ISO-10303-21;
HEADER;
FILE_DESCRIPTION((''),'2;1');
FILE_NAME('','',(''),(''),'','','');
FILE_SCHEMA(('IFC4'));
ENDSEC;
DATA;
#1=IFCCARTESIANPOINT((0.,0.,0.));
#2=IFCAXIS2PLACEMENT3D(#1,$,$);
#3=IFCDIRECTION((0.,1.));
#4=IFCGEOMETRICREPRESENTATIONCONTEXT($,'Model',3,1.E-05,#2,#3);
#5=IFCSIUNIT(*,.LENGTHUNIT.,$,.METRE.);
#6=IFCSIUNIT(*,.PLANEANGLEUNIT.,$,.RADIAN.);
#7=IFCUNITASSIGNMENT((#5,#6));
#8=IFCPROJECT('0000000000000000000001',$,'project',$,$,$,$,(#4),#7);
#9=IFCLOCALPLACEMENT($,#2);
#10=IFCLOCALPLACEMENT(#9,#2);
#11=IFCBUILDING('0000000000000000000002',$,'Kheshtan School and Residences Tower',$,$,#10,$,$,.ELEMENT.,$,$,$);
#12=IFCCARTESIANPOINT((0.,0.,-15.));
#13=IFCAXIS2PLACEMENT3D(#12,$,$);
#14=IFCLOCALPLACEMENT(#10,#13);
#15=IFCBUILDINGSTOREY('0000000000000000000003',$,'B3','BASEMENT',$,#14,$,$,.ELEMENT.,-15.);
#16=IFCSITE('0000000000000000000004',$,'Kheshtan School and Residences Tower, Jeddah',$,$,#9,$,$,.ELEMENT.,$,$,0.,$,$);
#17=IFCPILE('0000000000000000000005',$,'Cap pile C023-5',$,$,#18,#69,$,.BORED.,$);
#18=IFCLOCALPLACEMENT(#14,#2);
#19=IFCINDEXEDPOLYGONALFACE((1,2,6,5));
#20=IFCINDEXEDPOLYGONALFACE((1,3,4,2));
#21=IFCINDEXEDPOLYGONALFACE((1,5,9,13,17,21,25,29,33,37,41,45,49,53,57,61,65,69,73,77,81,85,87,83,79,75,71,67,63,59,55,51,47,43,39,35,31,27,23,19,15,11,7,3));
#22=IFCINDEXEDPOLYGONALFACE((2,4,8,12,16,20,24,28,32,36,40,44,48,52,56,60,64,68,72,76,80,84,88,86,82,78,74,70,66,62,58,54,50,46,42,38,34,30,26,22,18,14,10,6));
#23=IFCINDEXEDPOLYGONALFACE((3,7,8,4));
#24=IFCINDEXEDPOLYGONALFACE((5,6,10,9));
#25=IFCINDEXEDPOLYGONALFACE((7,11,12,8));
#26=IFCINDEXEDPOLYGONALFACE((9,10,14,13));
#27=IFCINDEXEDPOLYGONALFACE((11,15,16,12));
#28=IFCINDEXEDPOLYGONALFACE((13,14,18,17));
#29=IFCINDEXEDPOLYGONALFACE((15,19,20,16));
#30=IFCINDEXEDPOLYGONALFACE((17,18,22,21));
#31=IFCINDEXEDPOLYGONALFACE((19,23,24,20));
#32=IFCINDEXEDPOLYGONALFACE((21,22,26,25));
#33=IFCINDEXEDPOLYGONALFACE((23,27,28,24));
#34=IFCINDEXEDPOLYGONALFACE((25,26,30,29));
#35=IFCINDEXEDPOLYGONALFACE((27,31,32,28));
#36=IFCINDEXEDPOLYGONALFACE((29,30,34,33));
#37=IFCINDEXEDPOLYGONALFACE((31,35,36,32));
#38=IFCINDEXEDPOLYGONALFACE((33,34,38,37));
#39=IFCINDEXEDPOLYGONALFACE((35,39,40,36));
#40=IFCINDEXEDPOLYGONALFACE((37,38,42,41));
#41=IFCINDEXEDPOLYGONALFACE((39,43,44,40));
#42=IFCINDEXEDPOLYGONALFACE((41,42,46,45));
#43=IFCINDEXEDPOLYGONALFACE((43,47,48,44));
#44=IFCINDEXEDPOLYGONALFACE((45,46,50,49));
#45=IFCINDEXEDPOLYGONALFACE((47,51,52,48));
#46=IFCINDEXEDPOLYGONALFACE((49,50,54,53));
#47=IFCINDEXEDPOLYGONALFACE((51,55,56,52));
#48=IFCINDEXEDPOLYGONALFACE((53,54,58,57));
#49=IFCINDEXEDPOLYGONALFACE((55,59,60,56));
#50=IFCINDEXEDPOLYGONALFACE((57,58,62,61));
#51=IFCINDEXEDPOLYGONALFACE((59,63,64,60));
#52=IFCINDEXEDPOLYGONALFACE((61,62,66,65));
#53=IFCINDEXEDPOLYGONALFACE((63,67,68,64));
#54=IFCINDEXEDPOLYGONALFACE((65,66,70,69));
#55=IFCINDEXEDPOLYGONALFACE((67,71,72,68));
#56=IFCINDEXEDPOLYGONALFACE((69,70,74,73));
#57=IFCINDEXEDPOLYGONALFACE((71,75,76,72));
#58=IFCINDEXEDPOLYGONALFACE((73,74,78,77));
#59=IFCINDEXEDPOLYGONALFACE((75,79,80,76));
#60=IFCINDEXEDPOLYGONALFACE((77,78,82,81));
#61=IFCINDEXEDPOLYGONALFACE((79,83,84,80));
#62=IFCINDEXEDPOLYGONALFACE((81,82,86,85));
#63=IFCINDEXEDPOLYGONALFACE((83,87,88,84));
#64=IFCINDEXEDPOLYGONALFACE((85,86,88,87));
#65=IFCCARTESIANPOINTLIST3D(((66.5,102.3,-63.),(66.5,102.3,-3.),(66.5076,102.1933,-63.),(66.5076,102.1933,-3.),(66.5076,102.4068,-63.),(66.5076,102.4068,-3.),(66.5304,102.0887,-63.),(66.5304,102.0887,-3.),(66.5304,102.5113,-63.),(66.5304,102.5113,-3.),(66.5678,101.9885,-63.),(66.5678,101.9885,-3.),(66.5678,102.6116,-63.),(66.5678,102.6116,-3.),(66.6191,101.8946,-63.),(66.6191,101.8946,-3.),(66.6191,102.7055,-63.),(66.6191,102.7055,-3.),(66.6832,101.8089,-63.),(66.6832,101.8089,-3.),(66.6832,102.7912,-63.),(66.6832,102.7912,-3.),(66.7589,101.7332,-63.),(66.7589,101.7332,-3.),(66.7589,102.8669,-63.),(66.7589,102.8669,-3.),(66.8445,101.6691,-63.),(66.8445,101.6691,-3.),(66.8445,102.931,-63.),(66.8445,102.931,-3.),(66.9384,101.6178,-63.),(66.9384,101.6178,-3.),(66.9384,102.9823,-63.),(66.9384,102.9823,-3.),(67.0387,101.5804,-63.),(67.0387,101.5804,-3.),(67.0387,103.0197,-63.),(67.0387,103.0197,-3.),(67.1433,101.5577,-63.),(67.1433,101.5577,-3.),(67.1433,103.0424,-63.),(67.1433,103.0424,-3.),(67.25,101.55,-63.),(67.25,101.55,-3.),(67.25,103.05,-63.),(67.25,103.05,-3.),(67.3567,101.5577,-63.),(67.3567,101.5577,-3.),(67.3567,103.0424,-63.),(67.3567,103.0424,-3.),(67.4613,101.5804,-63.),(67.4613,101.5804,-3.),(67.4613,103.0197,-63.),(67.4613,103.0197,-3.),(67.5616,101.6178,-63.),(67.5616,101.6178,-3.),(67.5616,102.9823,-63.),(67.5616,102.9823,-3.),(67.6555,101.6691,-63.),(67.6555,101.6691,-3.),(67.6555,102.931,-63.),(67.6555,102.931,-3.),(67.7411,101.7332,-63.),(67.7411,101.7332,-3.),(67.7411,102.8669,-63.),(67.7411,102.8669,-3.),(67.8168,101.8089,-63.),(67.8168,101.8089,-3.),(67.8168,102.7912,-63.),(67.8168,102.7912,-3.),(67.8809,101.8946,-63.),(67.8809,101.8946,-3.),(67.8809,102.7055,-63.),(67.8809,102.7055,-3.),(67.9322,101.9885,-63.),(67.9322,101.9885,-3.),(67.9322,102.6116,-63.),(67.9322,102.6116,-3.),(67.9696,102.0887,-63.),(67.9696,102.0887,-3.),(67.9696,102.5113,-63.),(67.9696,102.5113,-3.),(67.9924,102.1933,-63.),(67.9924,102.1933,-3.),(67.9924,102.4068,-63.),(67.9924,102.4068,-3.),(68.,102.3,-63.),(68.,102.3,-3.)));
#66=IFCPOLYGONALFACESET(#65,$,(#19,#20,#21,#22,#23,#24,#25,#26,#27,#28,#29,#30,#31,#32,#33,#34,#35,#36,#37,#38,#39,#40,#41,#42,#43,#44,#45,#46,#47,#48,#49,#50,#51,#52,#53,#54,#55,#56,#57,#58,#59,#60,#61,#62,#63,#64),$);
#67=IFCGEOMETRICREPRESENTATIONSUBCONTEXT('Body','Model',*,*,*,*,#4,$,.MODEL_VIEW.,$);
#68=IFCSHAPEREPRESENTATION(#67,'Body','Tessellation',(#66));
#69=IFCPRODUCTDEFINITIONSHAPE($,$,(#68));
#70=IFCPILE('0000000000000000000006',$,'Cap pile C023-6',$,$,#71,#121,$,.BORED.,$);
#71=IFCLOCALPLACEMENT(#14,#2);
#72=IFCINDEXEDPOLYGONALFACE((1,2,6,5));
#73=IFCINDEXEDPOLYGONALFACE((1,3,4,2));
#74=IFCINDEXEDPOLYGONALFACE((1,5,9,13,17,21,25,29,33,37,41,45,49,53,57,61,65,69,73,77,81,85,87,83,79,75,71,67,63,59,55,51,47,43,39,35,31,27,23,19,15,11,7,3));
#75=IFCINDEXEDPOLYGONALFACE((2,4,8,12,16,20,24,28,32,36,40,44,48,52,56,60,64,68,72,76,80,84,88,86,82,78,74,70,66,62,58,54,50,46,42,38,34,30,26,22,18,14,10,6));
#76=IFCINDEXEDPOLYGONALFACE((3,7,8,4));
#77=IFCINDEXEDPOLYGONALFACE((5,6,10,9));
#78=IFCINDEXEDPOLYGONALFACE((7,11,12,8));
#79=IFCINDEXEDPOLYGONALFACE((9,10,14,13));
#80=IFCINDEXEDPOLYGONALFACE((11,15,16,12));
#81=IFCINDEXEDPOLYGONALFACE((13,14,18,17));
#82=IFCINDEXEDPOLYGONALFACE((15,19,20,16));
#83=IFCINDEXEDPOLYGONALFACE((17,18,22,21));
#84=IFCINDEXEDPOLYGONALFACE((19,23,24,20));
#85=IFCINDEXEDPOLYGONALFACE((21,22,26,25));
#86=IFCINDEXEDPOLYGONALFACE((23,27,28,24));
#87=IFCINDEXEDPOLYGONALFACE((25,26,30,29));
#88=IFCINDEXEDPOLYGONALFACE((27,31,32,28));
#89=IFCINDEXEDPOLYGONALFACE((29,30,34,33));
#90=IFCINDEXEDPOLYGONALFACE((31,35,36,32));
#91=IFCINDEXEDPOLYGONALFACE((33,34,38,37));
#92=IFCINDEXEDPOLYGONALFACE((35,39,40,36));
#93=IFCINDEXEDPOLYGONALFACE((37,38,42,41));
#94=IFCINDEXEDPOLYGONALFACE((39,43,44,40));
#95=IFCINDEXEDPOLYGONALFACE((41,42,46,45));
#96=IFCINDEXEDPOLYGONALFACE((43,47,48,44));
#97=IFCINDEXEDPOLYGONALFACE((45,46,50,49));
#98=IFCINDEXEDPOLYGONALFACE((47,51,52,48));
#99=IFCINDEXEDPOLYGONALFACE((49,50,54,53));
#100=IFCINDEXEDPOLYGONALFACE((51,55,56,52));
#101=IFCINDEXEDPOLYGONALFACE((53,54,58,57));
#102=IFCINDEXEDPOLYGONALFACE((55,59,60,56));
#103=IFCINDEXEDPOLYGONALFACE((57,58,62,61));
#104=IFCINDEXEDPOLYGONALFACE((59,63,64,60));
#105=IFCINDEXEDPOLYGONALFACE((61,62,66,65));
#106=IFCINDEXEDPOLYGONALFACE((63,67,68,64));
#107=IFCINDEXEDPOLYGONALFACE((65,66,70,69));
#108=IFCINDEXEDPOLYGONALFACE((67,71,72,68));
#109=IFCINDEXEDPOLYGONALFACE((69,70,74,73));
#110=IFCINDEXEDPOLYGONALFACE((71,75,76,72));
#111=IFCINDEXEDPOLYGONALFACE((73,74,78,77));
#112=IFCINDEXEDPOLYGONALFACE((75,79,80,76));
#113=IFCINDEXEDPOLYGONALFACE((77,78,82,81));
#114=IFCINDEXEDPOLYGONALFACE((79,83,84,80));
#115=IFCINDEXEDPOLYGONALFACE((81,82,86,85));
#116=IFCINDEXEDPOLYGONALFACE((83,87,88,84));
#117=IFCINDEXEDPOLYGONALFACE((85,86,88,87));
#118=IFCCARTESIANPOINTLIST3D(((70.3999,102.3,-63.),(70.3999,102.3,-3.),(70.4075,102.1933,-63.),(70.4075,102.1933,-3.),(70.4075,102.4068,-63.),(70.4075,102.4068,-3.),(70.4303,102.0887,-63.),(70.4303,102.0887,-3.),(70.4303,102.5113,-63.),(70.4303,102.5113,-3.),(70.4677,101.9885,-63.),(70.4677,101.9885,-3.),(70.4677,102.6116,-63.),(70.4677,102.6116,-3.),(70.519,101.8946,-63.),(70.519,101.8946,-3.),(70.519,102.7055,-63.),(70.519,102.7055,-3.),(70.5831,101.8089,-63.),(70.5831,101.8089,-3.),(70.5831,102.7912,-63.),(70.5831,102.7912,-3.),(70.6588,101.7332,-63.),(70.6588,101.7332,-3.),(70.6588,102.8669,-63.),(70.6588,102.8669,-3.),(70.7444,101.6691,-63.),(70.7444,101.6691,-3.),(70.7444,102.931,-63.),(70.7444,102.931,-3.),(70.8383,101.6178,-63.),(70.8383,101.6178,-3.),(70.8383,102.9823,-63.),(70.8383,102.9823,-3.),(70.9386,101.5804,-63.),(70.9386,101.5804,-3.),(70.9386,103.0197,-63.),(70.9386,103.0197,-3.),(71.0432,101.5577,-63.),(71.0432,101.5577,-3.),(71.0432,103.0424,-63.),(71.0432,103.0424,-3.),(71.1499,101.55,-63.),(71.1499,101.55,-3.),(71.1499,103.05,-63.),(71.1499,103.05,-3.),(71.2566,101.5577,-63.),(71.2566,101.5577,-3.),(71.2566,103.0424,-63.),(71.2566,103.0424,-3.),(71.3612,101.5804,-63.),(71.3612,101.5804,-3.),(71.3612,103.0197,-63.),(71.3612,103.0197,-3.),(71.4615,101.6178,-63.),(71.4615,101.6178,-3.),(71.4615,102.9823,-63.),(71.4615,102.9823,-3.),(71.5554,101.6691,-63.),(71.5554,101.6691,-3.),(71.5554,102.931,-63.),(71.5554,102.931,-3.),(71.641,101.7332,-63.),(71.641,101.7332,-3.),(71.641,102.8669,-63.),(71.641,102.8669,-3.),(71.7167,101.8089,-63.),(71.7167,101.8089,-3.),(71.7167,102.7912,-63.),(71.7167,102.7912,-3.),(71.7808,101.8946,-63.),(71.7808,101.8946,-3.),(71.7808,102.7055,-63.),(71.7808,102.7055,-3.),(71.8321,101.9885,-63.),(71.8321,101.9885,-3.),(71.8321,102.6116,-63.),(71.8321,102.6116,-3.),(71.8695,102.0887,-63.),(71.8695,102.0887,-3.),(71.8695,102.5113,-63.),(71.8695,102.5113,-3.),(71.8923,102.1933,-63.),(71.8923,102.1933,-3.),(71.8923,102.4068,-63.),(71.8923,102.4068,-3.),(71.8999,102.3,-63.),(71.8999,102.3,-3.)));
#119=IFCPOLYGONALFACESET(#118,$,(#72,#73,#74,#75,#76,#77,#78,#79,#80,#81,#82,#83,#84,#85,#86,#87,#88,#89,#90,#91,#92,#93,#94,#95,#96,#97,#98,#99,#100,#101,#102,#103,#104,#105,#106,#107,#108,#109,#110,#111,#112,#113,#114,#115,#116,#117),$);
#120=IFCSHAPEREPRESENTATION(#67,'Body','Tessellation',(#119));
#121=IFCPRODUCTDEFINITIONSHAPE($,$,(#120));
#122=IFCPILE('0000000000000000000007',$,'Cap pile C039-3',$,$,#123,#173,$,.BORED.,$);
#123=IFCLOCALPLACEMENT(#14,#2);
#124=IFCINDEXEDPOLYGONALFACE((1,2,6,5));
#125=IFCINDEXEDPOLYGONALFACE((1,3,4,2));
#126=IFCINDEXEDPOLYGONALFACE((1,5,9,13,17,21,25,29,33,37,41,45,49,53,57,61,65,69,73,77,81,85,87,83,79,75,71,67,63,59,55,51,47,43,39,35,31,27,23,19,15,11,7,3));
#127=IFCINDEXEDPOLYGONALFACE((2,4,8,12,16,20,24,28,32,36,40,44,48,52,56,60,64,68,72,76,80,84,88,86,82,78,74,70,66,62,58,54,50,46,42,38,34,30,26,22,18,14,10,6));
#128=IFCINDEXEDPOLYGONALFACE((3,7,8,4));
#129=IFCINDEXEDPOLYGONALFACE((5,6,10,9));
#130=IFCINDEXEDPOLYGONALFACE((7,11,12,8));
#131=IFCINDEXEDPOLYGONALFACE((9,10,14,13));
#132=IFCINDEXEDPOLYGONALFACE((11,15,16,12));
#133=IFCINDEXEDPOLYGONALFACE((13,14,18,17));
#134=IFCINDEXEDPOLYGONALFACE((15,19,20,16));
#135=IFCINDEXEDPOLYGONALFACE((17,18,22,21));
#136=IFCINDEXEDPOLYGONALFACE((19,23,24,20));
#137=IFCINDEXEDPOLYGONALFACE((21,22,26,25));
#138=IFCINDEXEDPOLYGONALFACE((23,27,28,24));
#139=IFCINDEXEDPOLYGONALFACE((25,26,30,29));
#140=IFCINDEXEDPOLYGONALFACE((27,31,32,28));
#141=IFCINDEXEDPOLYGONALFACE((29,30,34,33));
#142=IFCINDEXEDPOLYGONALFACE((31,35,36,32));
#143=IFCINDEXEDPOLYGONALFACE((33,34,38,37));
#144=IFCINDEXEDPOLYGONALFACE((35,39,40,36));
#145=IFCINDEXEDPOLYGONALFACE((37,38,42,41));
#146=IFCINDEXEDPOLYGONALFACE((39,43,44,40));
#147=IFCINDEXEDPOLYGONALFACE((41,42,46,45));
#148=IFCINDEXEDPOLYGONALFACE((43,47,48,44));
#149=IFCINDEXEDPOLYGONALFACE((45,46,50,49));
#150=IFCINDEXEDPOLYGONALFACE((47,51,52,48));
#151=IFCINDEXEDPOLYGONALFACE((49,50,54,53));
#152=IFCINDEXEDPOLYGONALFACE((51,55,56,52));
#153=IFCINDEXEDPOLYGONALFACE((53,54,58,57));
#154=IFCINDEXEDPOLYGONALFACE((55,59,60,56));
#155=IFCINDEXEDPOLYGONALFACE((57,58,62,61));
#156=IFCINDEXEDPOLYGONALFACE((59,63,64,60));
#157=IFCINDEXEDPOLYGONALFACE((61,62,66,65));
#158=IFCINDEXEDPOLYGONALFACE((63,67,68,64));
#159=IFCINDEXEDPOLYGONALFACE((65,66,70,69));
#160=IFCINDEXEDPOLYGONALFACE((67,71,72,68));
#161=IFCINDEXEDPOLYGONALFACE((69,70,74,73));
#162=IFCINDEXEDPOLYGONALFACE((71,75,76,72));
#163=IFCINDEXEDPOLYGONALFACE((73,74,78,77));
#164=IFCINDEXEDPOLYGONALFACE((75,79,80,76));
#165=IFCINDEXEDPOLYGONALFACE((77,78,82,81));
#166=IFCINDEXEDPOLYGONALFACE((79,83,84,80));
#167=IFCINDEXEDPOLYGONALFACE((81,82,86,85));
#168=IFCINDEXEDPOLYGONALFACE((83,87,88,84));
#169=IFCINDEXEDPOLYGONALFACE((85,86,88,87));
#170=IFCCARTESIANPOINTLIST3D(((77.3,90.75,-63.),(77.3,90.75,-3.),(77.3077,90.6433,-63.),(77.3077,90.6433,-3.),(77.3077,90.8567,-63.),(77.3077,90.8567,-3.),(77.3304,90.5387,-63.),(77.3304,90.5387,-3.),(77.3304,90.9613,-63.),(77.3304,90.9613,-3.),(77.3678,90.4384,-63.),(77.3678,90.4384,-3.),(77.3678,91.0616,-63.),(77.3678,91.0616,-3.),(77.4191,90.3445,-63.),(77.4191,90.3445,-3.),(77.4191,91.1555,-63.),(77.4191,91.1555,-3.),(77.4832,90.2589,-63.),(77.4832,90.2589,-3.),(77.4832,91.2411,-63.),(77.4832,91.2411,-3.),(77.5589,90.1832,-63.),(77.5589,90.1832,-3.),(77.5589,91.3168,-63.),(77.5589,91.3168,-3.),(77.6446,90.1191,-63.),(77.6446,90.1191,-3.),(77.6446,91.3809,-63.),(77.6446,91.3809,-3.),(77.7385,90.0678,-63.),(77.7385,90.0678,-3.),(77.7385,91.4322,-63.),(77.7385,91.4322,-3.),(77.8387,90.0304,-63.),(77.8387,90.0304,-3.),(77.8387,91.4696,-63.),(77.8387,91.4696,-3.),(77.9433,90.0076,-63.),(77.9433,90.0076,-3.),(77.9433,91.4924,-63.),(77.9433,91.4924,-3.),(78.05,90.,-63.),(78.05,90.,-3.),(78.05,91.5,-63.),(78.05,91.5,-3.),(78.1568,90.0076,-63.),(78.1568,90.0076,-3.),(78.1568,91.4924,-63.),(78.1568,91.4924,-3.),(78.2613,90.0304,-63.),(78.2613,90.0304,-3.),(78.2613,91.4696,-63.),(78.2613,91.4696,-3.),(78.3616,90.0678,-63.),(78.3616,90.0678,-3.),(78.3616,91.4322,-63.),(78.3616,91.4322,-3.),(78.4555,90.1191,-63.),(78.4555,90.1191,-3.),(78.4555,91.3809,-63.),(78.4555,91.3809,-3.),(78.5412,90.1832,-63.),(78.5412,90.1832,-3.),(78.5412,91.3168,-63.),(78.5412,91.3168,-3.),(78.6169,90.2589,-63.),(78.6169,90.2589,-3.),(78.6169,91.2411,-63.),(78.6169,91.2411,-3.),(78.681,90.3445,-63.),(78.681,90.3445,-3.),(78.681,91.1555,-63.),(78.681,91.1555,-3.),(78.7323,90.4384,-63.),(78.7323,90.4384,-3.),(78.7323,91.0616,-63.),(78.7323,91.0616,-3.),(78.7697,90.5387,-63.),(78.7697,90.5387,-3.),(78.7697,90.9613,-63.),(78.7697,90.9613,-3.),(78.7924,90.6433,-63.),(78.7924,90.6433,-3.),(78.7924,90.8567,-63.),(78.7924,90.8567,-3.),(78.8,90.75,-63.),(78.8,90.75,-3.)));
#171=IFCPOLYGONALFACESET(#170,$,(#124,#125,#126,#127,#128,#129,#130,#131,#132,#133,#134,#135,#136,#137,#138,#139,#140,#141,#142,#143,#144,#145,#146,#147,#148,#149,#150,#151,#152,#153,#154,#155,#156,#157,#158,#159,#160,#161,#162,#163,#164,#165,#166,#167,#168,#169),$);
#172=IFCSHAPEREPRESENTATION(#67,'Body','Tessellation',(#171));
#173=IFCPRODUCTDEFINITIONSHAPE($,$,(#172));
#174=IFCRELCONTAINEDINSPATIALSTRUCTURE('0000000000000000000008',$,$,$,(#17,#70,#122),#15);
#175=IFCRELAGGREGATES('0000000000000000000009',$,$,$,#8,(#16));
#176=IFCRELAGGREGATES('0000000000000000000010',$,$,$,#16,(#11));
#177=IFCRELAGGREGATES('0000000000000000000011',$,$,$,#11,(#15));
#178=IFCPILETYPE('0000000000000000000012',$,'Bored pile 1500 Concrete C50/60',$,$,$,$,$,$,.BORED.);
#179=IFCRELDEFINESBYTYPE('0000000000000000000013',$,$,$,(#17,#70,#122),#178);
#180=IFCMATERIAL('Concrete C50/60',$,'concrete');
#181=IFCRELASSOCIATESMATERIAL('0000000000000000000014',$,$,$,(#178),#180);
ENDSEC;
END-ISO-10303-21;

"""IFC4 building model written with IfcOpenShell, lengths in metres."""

from ifc_helpers import new_model, si_unit, direction, frame, origin, origin_2d, place, context, subcontext, project, spatial, circle, extrude, material, material_profile, profile_set, type_object, element, save


model = new_model("IFC4")

# Units and contexts
model_context = context("Model", 3, precision=1e-05, world=origin(), true_north=direction((0.0, 1.0)))
body_context = subcontext(model_context, "Body", "Model", "MODEL_VIEW")
ifc_project = project(units=[si_unit("LENGTHUNIT", "METRE"), si_unit("PLANEANGLEUNIT", "RADIAN")], contexts=[model_context])

# Site, building, storey
site_placement = place(None, origin())
site = spatial("IfcSite", under=ifc_project, at=site_placement, Name="Kheshtan School and Residences Tower, Jeddah", CompositionType="ELEMENT", RefElevation=0.0)
building_placement = place(site_placement, origin())
building = spatial("IfcBuilding", under=site, at=building_placement, Name="Kheshtan School and Residences Tower", CompositionType="ELEMENT")
storey_placement = place(building_placement, frame((0.0, 0.0, -15.0)))
storey = spatial("IfcBuildingStorey", under=building, at=storey_placement, Name="B3", Description="BASEMENT", CompositionType="ELEMENT", Elevation=-15.0)

# Piles
ifc_material_1 = material(Name="Concrete C50/60", Category="concrete")
ifc_material_profile_1 = material_profile(ifc_material_1, circle(Radius=0.75, at=origin_2d()), Name="BP 1500")
ifc_profile_set_1 = profile_set([ifc_material_profile_1], Name="Concrete C50/60")
pile_type = type_object("IfcPileType", Name="Bored pile 1500 Concrete C50/60", PredefinedType="BORED", material=ifc_profile_set_1)
for number, where, z_axis, x_axis, name in (
    (1, (67.25, 102.3, -3.0), (0.0, 0.0, -1.0), (1.0, 0.0, 0.0), "Cap pile C023-5"),
    (2, (71.1499, 102.3, -3.0), (0.0, 0.0, -1.0), (1.0, 0.0, 0.0), "Cap pile C023-6"),
    (3, (78.05, 90.75, -3.0), (0.0, 0.0, -1.0), (1.0, 0.0, 0.0), "Cap pile C039-3"),
):
    element("IfcPile", number, at=place(storey_placement, frame(where, z_axis=z_axis, x_axis=x_axis)), inside=storey, type_object=pile_type, Name=name, PredefinedType="BORED", context=body_context, shape_type="SweptSolid", body=[
        extrude(circle(Radius=0.75, at=origin_2d()), origin(), (0.0, 0.0, 1.0), 60.0),
    ])

save(model, "model.ifc")
